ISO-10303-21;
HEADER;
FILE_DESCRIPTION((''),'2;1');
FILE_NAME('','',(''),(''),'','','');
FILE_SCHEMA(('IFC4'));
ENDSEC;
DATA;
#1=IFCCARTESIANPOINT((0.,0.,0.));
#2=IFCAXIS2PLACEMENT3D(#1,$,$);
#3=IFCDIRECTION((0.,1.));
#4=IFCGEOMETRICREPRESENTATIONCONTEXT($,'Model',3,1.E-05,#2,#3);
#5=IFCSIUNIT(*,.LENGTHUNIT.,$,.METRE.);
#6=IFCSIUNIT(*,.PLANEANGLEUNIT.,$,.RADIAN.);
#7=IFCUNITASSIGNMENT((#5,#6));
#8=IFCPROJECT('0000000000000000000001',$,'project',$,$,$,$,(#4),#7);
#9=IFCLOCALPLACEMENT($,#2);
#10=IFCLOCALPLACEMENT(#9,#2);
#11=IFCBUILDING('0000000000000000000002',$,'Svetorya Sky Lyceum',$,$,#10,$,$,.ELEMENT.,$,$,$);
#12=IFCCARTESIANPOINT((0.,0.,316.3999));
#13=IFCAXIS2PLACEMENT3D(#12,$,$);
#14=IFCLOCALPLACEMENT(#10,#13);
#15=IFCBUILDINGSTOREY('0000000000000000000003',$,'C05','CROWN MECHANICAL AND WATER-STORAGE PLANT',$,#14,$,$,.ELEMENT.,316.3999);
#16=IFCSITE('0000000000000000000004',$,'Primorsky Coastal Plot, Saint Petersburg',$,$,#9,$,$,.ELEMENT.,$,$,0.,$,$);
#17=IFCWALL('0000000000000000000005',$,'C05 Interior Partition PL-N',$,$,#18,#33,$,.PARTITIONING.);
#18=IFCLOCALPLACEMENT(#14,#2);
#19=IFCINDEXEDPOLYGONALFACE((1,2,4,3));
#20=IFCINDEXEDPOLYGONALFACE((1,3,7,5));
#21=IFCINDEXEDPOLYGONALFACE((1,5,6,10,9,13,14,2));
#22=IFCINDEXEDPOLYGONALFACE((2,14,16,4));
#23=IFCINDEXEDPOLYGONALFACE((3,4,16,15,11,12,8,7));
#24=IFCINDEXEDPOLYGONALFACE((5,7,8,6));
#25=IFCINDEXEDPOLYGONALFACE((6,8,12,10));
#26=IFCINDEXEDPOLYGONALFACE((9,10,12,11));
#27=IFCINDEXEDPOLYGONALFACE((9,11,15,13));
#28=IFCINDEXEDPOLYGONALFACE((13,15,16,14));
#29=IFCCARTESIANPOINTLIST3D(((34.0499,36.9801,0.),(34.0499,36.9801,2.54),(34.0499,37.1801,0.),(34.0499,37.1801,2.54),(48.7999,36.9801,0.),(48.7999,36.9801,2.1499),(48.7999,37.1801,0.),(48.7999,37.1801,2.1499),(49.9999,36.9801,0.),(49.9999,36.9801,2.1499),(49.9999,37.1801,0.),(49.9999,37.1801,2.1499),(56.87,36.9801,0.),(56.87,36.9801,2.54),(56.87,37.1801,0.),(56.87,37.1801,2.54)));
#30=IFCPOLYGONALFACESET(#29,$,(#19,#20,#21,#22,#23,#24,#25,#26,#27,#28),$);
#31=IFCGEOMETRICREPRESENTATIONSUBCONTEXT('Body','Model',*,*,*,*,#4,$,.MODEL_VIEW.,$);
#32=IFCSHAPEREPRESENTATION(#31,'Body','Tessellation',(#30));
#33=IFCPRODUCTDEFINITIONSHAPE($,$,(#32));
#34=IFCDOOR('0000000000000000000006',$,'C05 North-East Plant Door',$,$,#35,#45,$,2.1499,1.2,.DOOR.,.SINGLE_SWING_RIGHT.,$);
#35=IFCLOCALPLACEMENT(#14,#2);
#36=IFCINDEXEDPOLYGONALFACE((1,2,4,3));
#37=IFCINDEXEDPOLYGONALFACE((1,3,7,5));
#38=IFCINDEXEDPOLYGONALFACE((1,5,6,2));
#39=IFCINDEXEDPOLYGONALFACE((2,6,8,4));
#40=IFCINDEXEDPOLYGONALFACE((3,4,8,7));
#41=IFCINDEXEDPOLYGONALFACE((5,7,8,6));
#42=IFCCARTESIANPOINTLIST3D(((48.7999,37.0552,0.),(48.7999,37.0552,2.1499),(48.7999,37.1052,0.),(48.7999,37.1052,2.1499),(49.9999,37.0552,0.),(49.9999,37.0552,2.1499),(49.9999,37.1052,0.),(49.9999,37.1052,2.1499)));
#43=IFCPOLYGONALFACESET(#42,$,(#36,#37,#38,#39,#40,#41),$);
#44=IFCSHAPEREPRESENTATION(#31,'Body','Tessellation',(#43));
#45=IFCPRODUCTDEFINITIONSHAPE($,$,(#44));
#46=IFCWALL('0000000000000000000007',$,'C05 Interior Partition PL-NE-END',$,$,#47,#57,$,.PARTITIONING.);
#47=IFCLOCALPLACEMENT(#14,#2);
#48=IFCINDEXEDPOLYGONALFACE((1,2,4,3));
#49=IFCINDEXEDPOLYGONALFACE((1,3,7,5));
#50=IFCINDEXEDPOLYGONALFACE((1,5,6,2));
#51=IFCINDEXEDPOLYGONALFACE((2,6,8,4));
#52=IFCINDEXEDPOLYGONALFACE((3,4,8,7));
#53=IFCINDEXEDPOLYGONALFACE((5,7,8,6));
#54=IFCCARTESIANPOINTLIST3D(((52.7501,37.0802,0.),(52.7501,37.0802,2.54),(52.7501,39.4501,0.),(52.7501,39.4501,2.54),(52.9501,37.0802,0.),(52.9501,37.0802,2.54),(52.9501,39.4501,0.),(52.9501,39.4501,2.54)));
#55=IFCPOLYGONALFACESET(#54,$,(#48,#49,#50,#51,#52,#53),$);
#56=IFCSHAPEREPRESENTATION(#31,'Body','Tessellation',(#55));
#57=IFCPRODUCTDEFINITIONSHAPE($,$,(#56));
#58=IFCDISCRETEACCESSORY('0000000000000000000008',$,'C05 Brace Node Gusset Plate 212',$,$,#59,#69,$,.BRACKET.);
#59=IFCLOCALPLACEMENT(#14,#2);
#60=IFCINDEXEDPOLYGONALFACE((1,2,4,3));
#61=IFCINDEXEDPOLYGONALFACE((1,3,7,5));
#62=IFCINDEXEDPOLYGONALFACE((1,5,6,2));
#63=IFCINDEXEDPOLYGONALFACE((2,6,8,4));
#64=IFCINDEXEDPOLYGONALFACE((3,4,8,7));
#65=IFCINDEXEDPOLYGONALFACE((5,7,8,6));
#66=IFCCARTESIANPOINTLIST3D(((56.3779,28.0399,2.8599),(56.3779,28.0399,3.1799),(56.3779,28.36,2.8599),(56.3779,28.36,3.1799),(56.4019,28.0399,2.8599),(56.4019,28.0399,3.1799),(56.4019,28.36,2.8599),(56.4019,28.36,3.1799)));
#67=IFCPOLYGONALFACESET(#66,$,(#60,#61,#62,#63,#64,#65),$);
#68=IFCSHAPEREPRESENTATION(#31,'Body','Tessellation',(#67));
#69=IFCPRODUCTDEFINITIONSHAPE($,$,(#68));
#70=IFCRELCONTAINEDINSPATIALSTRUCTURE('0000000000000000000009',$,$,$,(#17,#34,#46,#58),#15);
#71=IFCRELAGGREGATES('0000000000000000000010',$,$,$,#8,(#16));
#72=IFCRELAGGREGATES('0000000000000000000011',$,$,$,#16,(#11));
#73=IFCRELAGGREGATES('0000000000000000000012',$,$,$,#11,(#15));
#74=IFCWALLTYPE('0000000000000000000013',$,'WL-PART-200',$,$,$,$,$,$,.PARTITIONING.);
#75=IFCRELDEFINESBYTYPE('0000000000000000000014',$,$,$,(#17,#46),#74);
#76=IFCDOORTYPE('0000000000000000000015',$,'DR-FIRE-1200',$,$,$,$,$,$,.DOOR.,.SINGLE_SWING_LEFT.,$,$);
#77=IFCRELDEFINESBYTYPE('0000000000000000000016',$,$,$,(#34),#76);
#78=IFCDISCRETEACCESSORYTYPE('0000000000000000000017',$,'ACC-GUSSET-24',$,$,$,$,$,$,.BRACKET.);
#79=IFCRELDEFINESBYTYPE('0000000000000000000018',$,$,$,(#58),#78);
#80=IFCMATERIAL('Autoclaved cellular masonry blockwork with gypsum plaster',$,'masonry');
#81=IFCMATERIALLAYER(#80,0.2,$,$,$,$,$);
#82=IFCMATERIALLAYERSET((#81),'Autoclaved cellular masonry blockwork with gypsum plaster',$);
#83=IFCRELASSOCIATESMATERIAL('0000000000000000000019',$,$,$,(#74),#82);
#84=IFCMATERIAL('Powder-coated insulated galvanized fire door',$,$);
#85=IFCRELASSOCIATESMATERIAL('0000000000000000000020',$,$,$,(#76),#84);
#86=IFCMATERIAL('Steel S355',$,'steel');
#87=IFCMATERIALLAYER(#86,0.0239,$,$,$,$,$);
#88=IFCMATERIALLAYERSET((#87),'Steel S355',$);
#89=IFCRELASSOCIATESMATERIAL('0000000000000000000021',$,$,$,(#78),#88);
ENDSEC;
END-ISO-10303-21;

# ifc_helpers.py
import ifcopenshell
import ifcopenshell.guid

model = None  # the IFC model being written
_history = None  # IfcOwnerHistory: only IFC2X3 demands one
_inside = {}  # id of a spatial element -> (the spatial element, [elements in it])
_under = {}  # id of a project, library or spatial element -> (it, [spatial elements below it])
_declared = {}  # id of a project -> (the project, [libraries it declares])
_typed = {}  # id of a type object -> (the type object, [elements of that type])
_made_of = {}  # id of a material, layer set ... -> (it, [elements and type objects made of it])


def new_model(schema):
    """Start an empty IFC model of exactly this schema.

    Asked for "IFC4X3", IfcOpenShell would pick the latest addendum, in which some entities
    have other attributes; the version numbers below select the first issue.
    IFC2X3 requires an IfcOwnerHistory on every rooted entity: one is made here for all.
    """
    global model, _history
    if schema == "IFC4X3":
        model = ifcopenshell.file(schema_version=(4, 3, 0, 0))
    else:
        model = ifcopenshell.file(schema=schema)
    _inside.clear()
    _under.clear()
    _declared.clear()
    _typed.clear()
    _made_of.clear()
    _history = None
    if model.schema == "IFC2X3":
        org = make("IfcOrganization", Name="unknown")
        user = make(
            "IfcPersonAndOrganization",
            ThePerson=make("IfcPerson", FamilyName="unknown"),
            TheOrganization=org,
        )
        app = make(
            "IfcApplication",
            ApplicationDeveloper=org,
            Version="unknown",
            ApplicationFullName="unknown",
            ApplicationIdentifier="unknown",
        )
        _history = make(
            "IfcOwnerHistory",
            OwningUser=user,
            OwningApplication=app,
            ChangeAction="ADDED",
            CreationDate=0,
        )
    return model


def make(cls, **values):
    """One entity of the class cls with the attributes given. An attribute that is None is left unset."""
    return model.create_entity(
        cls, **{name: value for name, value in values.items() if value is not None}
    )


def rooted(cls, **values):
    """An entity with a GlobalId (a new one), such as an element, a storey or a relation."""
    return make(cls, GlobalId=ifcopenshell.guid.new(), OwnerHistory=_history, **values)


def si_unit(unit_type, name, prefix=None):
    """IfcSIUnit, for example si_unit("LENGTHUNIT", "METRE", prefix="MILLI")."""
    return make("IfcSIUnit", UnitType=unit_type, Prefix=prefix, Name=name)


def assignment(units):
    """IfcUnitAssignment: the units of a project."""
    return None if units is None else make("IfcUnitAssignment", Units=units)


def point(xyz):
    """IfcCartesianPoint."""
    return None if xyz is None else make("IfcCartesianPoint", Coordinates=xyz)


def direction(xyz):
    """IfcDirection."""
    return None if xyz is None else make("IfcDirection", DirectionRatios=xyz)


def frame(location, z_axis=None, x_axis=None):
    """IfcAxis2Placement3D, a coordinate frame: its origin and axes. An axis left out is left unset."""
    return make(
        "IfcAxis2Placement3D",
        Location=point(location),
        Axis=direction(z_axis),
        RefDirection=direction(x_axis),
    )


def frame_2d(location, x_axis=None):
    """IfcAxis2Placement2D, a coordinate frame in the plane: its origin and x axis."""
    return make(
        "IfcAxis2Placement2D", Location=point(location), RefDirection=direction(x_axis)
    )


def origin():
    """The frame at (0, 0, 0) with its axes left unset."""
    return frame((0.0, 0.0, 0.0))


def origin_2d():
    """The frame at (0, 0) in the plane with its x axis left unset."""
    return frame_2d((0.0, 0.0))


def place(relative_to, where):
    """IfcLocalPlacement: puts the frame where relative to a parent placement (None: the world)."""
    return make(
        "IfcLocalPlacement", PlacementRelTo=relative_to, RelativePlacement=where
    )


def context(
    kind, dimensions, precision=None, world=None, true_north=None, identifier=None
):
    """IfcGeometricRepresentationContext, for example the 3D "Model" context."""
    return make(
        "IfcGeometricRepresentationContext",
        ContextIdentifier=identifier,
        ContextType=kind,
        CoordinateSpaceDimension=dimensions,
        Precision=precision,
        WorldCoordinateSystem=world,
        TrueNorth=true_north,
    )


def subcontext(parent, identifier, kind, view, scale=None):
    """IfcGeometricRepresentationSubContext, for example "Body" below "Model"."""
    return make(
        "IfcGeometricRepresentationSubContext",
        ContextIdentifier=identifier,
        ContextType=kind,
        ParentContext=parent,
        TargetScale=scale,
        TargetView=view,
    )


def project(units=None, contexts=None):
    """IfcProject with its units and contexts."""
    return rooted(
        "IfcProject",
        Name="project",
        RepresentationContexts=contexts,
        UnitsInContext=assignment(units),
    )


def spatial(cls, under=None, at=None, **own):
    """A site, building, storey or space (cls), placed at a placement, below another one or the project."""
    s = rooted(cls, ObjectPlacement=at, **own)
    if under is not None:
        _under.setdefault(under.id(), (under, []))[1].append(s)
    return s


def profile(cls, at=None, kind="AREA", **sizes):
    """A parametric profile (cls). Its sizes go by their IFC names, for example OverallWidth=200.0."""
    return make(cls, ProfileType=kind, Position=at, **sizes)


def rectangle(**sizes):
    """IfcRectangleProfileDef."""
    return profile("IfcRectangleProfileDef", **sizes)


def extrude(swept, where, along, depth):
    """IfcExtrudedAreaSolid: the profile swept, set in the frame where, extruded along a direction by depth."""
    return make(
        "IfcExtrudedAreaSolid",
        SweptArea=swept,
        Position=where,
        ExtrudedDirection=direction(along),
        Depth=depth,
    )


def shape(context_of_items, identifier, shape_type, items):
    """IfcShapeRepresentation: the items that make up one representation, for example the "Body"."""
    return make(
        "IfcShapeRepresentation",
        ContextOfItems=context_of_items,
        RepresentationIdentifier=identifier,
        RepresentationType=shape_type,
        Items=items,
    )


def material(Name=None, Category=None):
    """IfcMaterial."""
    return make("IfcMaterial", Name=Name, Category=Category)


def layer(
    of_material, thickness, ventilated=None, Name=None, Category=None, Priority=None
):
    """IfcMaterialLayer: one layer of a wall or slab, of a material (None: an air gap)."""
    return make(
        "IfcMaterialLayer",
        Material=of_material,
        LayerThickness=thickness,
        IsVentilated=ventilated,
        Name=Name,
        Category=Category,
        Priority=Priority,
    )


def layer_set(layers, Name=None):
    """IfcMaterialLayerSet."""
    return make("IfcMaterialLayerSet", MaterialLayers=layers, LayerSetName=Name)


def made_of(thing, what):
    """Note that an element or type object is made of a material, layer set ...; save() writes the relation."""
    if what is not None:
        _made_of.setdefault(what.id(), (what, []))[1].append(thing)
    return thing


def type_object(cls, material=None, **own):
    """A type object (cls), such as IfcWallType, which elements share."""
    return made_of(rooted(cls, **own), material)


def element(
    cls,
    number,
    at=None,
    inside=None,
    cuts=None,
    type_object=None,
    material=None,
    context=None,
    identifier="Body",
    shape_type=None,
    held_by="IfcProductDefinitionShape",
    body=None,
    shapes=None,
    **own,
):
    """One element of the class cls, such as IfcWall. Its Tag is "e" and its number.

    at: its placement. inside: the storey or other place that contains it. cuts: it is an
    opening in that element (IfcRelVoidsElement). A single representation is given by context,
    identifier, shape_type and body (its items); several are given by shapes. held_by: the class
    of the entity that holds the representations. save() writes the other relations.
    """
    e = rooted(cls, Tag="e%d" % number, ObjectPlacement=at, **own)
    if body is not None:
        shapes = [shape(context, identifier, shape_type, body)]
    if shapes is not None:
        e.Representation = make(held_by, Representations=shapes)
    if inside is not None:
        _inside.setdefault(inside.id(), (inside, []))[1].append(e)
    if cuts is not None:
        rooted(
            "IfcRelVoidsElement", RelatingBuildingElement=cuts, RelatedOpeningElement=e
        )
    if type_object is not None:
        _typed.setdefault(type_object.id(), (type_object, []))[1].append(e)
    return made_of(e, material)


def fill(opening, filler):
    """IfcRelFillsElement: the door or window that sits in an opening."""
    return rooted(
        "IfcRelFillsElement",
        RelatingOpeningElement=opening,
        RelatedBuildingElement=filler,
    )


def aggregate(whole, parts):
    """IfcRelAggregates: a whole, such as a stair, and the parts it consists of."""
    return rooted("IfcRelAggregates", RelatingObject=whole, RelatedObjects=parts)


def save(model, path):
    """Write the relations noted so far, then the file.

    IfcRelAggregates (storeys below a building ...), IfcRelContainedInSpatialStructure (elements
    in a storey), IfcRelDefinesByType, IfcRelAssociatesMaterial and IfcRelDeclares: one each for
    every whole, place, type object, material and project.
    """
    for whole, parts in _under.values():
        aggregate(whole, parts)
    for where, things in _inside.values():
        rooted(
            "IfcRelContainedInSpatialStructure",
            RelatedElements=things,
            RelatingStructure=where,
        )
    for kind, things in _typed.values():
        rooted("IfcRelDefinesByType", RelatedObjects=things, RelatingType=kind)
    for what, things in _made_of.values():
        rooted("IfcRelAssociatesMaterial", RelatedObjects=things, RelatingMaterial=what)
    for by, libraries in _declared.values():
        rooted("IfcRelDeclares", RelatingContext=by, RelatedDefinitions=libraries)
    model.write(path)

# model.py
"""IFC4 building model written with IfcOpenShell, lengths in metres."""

from ifc_helpers import new_model, si_unit, direction, frame, frame_2d, origin, origin_2d, place, context, subcontext, project, spatial, rectangle, extrude, material, layer, layer_set, type_object, element, fill, save


model = new_model("IFC4")

# Units and contexts
model_context = context("Model", 3, precision=1e-05, world=origin(), true_north=direction((0.0, 1.0)))
body_context = subcontext(model_context, "Body", "Model", "MODEL_VIEW")
ifc_project = project(units=[si_unit("LENGTHUNIT", "METRE"), si_unit("PLANEANGLEUNIT", "RADIAN")], contexts=[model_context])

# Site, building, storey
site_placement = place(None, origin())
site = spatial("IfcSite", under=ifc_project, at=site_placement, Name="Primorsky Coastal Plot, Saint Petersburg", CompositionType="ELEMENT", RefElevation=0.0)
building_placement = place(site_placement, origin())
building = spatial("IfcBuilding", under=site, at=building_placement, Name="Svetorya Sky Lyceum", CompositionType="ELEMENT")
storey_placement = place(building_placement, frame((0.0, 0.0, 316.3999)))
storey = spatial("IfcBuildingStorey", under=building, at=storey_placement, Name="C05", Description="CROWN MECHANICAL AND WATER-STORAGE PLANT", CompositionType="ELEMENT", Elevation=316.3999)

# Shared definitions
ifc_material_1 = material(Name="Steel S355", Category="steel")

# Shared definitions
ifc_material_2 = material(Name="Autoclaved cellular masonry blockwork with gypsum plaster", Category="masonry")
ifc_layer_1 = layer(ifc_material_2, 0.2)
ifc_layer_set_1 = layer_set([ifc_layer_1], Name="Autoclaved cellular masonry blockwork with gypsum plaster")
wall_type_1 = type_object("IfcWallType", Name="WL-PART-200", PredefinedType="PARTITIONING", material=ifc_layer_set_1)

# Wall, opening, door
wall_1_placement = place(storey_placement, frame((56.8701, 37.0801, 0.0), z_axis=(0.0, 0.0, 1.0), x_axis=(-1.0, 0.0, 0.0)))
wall_1 = element("IfcWall", 1, at=wall_1_placement, inside=storey, type_object=wall_type_1, Name="C05 Interior Partition PL-N", PredefinedType="PARTITIONING", context=body_context, shape_type="SweptSolid", body=[
    extrude(rectangle(XDim=22.8201, YDim=0.2, at=frame_2d((11.4102, 0.0))), origin(), (0.0, 0.0, 1.0), 2.54),
])
opening_placement = place(wall_1_placement, frame((6.8701, 0.0, 0.0)))
opening = element("IfcOpeningElement", 2, at=opening_placement, cuts=wall_1, PredefinedType="OPENING", context=body_context, shape_type="SweptSolid", body=[
    extrude(rectangle(XDim=1.2, YDim=2.1499, at=frame_2d((0.6001, 1.075))), frame((0.0, 0.1099, 0.0), z_axis=(0.0, -1.0, 0.0), x_axis=(1.0, 0.0, 0.0)), (0.0, 0.0, 1.0), 0.22),
])
ifc_material_3 = material(Name="Powder-coated insulated galvanized fire door")
door_type = type_object("IfcDoorType", Name="DR-FIRE-1200", OperationType="SINGLE_SWING_LEFT", PredefinedType="DOOR", material=ifc_material_3)
door_placement = place(opening_placement, origin())
door = element("IfcDoor", 3, at=door_placement, inside=storey, type_object=door_type, Name="C05 North-East Plant Door", OperationType="SINGLE_SWING_RIGHT", OverallHeight=2.1499, OverallWidth=1.2, PredefinedType="DOOR", context=body_context, shape_type="SweptSolid", body=[
    extrude(rectangle(XDim=1.2, YDim=2.1499, at=frame_2d((0.6001, 1.075))), frame((0.0, 0.0249, 0.0), z_axis=(0.0, -1.0, 0.0), x_axis=(1.0, 0.0, 0.0)), (0.0, 0.0, 1.0), 0.05),
])
fill(opening, door)

# Wall
wall_2_placement = place(storey_placement, frame((52.8501, 37.0801, 0.0), z_axis=(0.0, 0.0, 1.0), x_axis=(0.0, 1.0, 0.0)))
element("IfcWall", 4, at=wall_2_placement, inside=storey, type_object=wall_type_1, Name="C05 Interior Partition PL-NE-END", PredefinedType="PARTITIONING", context=body_context, shape_type="SweptSolid", body=[
    extrude(rectangle(XDim=2.3699, YDim=0.2, at=frame_2d((1.1851, 0.0))), origin(), (0.0, 0.0, 1.0), 2.54),
])

# Discrete accessory
ifc_layer_2 = layer(ifc_material_1, 0.0239)
ifc_layer_set_2 = layer_set([ifc_layer_2], Name="Steel S355")
discrete_accessory_type = type_object("IfcDiscreteAccessoryType", Name="ACC-GUSSET-24", PredefinedType="BRACKET", material=ifc_layer_set_2)
discrete_accessory_placement = place(storey_placement, frame((56.3899, 28.2, 2.8599), z_axis=(0.0, 0.0, 1.0), x_axis=(1.0, 0.0, 0.0)))
element("IfcDiscreteAccessory", 5, at=discrete_accessory_placement, inside=storey, type_object=discrete_accessory_type, Name="C05 Brace Node Gusset Plate 212", PredefinedType="BRACKET", context=body_context, shape_type="SweptSolid", body=[
    extrude(rectangle(XDim=0.0239, YDim=0.3201, at=origin_2d()), origin(), (0.0, 0.0, 1.0), 0.3201),
])

save(model, "model.ifc")
